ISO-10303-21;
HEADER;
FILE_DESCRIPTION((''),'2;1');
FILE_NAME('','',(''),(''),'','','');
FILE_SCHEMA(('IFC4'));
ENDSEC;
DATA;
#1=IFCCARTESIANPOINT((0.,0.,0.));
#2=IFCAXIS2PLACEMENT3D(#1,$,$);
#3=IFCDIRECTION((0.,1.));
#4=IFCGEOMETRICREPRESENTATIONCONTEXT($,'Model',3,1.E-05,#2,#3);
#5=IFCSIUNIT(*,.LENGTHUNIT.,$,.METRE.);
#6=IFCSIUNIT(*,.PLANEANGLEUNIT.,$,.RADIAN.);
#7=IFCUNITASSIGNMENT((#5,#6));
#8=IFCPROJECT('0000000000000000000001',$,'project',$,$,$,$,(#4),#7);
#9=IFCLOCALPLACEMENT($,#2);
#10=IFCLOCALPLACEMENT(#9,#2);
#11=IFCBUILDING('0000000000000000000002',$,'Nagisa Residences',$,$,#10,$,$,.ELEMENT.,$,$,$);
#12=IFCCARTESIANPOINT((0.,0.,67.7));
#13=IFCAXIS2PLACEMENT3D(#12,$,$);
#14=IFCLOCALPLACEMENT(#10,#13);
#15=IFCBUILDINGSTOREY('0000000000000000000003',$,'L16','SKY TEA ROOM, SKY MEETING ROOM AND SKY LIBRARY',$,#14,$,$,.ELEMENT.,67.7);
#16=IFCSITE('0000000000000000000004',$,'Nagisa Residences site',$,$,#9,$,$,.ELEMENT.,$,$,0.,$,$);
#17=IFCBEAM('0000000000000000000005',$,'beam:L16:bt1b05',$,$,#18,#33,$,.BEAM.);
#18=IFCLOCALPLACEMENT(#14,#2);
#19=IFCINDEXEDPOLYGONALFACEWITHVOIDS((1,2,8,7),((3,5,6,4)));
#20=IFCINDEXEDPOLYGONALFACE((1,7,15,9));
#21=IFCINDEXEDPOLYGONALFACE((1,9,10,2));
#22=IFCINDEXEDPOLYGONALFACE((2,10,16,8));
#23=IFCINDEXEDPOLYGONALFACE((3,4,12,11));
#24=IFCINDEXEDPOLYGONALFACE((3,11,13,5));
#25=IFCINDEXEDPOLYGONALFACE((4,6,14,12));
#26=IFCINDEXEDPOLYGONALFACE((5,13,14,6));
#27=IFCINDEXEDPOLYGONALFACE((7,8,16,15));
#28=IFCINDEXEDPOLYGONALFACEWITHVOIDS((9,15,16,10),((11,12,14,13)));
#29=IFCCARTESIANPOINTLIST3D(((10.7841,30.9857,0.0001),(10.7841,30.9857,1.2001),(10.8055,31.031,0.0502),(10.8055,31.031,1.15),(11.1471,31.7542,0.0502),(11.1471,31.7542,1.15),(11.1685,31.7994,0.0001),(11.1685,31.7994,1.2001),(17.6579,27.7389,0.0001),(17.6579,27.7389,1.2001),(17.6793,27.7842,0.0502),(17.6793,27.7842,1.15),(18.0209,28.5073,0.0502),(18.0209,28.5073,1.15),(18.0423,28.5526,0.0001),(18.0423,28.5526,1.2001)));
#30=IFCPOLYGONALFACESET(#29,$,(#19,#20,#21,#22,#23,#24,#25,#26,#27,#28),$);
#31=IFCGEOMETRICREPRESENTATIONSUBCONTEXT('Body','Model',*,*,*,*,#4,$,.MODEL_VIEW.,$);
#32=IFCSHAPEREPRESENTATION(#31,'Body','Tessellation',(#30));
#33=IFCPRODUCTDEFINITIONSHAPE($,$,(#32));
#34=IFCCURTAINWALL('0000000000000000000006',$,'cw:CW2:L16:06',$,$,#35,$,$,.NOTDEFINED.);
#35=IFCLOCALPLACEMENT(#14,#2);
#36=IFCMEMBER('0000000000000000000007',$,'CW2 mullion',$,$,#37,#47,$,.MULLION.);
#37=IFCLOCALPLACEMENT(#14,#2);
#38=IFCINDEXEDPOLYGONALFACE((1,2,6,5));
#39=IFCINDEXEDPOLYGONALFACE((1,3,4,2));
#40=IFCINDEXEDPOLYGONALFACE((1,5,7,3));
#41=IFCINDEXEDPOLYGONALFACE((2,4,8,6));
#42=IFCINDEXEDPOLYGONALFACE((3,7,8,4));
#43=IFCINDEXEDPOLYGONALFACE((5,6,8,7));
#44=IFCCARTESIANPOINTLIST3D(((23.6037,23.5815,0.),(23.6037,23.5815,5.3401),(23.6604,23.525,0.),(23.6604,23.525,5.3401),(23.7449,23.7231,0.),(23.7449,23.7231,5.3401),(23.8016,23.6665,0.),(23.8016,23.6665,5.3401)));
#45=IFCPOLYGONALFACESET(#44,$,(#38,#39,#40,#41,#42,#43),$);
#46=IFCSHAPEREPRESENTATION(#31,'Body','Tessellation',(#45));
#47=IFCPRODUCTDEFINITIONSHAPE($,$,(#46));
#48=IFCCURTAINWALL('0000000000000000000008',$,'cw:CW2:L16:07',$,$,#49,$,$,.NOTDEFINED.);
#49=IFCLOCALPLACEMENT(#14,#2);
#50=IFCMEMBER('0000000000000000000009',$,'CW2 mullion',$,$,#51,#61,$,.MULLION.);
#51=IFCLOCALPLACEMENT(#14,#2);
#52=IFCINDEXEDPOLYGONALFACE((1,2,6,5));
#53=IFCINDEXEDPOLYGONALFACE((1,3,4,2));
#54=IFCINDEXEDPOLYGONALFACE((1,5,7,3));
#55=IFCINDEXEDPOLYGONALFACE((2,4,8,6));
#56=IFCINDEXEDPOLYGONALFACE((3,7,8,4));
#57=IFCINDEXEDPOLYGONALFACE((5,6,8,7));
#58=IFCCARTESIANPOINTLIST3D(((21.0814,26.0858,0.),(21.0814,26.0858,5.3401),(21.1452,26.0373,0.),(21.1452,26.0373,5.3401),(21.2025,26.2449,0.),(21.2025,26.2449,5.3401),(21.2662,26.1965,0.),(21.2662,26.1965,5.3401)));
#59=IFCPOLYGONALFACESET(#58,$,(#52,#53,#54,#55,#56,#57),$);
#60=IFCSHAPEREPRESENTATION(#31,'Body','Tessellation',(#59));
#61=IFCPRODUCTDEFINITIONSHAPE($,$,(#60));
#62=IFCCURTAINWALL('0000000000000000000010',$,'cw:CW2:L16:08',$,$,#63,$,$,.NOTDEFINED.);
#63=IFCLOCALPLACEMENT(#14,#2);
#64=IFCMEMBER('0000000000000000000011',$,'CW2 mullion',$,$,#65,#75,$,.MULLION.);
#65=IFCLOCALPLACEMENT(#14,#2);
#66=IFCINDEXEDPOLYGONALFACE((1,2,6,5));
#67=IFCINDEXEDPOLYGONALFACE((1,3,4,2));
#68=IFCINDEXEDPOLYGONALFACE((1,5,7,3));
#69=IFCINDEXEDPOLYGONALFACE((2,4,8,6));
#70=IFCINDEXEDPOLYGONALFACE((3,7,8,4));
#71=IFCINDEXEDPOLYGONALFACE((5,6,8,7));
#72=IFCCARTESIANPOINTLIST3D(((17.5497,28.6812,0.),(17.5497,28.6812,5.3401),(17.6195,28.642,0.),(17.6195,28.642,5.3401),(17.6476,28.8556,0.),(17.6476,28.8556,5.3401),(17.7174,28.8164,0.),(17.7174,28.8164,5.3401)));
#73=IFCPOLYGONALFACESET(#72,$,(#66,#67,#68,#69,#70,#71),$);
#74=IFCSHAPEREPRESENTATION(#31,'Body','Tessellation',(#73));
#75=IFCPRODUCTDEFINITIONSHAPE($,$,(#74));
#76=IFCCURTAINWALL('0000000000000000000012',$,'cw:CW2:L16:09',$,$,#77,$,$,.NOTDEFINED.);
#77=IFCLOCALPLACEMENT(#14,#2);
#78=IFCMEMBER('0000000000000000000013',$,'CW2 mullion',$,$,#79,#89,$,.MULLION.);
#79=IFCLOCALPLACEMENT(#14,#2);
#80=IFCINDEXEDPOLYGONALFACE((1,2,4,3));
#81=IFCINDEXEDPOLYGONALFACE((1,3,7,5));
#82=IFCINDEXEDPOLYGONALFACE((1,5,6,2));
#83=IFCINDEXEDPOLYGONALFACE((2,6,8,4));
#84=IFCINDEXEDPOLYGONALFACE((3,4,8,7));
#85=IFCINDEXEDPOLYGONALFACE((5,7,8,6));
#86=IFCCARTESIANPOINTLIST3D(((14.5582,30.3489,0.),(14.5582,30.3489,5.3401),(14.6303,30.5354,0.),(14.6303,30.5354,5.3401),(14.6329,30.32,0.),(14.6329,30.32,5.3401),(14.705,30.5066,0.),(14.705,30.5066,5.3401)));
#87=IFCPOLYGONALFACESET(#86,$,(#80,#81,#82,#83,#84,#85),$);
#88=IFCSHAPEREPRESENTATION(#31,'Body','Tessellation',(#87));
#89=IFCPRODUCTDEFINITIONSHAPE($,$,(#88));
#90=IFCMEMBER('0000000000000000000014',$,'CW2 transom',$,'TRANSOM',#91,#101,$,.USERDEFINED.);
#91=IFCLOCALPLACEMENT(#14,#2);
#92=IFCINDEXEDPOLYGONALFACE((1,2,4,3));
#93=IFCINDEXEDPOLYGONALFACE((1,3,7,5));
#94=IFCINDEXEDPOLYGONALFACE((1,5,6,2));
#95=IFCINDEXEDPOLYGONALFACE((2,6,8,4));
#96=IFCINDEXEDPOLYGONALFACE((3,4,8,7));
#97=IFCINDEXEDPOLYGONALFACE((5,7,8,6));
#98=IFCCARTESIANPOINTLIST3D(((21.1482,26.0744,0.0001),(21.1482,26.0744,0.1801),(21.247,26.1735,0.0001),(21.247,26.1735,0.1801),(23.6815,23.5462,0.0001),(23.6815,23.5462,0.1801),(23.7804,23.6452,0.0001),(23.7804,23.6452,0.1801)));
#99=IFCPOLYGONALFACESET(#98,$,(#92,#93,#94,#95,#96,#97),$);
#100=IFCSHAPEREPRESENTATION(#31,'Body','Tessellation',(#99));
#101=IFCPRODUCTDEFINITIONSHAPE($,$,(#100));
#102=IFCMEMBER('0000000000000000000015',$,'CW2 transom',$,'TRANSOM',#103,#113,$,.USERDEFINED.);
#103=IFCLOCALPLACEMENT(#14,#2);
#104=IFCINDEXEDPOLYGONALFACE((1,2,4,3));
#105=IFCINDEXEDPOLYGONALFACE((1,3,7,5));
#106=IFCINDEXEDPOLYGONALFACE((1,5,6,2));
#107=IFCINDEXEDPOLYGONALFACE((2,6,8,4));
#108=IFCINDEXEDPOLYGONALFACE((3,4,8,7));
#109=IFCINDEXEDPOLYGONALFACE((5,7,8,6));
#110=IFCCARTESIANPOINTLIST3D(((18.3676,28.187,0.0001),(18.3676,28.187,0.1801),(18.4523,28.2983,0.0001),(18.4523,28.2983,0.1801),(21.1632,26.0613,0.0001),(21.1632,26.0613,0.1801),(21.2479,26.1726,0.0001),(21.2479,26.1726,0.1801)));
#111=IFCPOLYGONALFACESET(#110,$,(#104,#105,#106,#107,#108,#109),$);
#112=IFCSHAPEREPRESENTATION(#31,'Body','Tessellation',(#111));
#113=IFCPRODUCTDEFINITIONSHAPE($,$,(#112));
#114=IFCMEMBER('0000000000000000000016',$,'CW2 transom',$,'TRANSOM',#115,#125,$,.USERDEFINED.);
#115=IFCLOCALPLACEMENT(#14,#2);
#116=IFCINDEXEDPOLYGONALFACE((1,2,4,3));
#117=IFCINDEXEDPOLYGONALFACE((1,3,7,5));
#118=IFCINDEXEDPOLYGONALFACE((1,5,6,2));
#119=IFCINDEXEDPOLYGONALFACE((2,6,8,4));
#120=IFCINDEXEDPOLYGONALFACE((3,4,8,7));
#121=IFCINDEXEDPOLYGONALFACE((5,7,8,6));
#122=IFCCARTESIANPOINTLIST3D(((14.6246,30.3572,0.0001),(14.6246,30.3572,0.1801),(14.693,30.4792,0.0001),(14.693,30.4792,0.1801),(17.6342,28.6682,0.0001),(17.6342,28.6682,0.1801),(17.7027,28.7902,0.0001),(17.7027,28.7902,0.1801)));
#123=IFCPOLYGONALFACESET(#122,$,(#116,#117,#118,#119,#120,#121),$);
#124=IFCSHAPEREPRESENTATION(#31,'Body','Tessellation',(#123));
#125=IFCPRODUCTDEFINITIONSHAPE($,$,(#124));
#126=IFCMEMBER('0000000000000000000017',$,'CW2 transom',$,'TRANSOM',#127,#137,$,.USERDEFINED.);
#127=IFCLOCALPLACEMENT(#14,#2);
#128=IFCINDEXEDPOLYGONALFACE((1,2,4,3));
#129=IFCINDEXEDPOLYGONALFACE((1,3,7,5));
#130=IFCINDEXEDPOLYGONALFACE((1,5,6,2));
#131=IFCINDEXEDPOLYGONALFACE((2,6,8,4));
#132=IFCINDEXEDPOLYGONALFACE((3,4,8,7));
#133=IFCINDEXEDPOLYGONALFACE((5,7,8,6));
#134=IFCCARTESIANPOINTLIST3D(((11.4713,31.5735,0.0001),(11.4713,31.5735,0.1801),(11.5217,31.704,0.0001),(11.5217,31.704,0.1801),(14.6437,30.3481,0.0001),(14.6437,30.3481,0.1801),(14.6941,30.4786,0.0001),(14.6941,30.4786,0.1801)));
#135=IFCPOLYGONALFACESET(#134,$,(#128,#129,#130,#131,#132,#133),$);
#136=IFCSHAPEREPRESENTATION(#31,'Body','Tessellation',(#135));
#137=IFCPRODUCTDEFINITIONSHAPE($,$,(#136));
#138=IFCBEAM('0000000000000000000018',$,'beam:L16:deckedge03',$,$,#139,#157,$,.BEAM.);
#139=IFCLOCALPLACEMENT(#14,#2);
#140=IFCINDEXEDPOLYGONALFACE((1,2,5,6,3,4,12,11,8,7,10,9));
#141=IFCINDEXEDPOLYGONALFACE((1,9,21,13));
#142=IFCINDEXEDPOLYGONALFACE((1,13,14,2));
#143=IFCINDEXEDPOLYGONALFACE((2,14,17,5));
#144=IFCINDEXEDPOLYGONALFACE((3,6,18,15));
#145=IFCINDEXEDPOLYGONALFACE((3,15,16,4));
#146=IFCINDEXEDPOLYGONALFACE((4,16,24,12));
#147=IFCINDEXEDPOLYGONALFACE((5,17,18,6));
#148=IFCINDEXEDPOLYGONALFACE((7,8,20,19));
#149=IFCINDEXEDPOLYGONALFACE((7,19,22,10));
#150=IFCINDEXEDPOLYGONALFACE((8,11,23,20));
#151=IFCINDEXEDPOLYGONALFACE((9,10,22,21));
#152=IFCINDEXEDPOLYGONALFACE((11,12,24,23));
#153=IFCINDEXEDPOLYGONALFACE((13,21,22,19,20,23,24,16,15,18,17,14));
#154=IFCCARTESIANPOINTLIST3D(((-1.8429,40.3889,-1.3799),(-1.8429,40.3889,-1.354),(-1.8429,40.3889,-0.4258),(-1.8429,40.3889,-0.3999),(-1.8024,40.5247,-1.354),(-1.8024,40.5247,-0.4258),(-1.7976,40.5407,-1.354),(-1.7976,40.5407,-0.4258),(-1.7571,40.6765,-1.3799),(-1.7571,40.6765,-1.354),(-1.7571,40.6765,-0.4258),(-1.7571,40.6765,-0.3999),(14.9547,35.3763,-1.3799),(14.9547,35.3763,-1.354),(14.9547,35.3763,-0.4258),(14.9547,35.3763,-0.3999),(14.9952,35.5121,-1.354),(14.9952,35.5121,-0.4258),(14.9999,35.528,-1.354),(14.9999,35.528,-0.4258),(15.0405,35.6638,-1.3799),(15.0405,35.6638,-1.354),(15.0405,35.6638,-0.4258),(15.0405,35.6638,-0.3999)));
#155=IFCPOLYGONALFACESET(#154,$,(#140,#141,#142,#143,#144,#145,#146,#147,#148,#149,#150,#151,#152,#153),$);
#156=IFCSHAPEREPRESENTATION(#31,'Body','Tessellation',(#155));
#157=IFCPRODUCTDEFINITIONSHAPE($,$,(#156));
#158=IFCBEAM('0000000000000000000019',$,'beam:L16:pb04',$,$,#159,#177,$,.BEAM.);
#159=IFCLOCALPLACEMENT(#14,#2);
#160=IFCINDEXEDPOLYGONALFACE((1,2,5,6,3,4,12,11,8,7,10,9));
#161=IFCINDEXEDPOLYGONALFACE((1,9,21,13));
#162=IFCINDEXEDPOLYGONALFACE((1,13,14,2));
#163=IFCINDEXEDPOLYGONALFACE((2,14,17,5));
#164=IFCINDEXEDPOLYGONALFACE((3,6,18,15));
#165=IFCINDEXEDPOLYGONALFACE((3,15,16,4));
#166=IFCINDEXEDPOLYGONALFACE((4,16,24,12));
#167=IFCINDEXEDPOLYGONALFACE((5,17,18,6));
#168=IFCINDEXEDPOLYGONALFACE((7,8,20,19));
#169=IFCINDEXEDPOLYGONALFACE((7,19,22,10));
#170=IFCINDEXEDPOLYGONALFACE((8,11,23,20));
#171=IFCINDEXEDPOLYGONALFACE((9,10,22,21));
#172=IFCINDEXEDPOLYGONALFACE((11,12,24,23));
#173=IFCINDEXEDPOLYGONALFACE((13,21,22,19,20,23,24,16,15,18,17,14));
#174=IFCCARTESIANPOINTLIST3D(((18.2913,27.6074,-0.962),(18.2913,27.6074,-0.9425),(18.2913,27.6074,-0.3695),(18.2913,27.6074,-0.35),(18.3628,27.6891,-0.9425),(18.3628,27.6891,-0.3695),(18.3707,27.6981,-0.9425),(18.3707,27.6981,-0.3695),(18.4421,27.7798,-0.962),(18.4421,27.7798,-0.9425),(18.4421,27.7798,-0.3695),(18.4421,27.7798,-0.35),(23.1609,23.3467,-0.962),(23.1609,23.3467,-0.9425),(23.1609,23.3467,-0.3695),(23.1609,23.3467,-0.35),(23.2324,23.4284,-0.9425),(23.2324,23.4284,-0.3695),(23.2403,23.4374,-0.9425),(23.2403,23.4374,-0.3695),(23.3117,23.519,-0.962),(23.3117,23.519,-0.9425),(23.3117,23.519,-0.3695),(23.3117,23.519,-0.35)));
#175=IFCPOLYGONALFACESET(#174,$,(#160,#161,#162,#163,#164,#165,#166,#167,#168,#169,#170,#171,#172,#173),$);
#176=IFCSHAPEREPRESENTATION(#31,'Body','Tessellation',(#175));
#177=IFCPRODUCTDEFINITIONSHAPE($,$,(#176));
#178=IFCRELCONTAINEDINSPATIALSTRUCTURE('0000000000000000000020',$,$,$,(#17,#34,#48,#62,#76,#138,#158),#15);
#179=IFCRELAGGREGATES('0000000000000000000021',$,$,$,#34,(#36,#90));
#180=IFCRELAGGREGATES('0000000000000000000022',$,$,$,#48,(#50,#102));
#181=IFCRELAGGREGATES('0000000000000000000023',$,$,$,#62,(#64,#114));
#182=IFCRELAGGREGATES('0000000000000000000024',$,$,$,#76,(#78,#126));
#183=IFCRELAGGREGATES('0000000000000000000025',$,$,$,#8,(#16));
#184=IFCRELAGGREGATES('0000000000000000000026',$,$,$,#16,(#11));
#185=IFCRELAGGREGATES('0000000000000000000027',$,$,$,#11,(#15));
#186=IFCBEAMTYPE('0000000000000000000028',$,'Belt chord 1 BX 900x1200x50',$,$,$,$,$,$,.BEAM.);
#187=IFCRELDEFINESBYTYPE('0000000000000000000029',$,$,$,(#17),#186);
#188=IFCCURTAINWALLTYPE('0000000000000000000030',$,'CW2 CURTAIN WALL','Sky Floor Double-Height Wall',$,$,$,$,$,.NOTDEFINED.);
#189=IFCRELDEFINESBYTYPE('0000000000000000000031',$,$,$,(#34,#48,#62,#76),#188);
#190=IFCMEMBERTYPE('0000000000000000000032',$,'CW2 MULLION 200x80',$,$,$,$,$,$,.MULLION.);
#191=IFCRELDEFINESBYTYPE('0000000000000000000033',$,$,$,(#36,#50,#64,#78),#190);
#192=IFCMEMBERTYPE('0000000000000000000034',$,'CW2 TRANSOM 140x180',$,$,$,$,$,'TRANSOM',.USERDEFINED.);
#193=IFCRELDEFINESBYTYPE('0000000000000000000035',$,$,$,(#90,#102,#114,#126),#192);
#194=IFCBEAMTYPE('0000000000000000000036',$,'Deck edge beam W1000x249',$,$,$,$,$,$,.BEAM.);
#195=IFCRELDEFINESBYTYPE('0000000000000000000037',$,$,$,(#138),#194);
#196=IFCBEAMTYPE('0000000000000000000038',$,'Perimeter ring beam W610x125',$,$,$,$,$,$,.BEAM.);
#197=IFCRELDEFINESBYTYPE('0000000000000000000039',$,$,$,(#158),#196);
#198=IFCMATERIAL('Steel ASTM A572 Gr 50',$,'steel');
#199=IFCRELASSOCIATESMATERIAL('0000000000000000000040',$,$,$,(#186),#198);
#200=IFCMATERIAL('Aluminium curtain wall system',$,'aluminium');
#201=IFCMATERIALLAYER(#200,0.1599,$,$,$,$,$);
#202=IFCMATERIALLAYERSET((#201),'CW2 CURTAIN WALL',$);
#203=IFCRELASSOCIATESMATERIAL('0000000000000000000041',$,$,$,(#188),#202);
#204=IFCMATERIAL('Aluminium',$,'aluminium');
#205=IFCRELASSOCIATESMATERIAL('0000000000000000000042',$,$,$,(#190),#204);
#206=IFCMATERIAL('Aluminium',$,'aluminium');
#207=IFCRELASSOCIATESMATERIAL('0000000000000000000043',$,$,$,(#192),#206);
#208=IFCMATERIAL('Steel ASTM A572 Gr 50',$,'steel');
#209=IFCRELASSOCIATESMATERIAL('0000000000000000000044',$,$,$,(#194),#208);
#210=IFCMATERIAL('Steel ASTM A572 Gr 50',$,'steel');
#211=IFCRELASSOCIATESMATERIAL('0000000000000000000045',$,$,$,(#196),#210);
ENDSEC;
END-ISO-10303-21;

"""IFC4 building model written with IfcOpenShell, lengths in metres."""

from ifc_helpers import new_model, si_unit, direction, frame, origin, origin_2d, place, context, subcontext, project, spatial, rectangle, hollow_rectangle, i_section, extrude, material, layer, layer_set, material_profile, profile_set, type_object, element, aggregate, save


model = new_model("IFC4")

# Units and contexts
model_context = context("Model", 3, precision=1e-05, world=origin(), true_north=direction((0.0, 1.0)))
body_context = subcontext(model_context, "Body", "Model", "MODEL_VIEW")
ifc_project = project(units=[si_unit("LENGTHUNIT", "METRE"), si_unit("PLANEANGLEUNIT", "RADIAN")], contexts=[model_context])

# Site, building, storey
site_placement = place(None, origin())
site = spatial("IfcSite", under=ifc_project, at=site_placement, Name="Nagisa Residences site", CompositionType="ELEMENT", RefElevation=0.0)
building_placement = place(site_placement, origin())
building = spatial("IfcBuilding", under=site, at=building_placement, Name="Nagisa Residences", CompositionType="ELEMENT")
storey_placement = place(building_placement, frame((0.0, 0.0, 67.7)))
storey = spatial("IfcBuildingStorey", under=building, at=storey_placement, Name="L16", Description="SKY TEA ROOM, SKY MEETING ROOM AND SKY LIBRARY", CompositionType="ELEMENT", Elevation=67.7)

# Beam
ifc_material_1 = material(Name="Steel ASTM A572 Gr 50", Category="steel")
ifc_material_profile_1 = material_profile(ifc_material_1, hollow_rectangle(XDim=0.8999, YDim=1.2, WallThickness=0.05, at=origin_2d()), Name="BX 900x1200x50")
ifc_profile_set_1 = profile_set([ifc_material_profile_1], Name="Steel ASTM A572 Gr 50")
beam_type_1 = type_object("IfcBeamType", Name="Belt chord 1 BX 900x1200x50", PredefinedType="BEAM", material=ifc_profile_set_1)
beam_1_placement = place(storey_placement, frame((17.8501, 28.1458, 0.6001), z_axis=(-0.904204, 0.4271, 0.0), x_axis=(-0.4271, -0.904204, 0.0)))
element("IfcBeam", 1, at=beam_1_placement, inside=storey, type_object=beam_type_1, Name="beam:L16:bt1b05", PredefinedType="BEAM", context=body_context, shape_type="SweptSolid", body=[
    extrude(hollow_rectangle(XDim=0.8999, YDim=1.2, WallThickness=0.05, at=origin_2d()), origin(), (0.0, 0.0, 1.0), 7.6021),
])

# Curtain walls, members
ifc_material_2 = material(Name="Aluminium curtain wall system", Category="aluminium")
ifc_layer_1 = layer(ifc_material_2, 0.1599)
ifc_layer_set_1 = layer_set([ifc_layer_1], Name="CW2 CURTAIN WALL")
curtain_wall_type = type_object("IfcCurtainWallType", Name="CW2 CURTAIN WALL", Description="Sky Floor Double-Height Wall", PredefinedType="NOTDEFINED", material=ifc_layer_set_1)
curtain_wall_1_placement = place(storey_placement, origin())
curtain_wall_1 = element("IfcCurtainWall", 2, at=curtain_wall_1_placement, inside=storey, type_object=curtain_wall_type, Name="cw:CW2:L16:06", PredefinedType="NOTDEFINED")
ifc_material_3 = material(Name="Aluminium", Category="aluminium")
ifc_material_profile_2 = material_profile(ifc_material_3, rectangle(XDim=0.2, YDim=0.0801, at=origin_2d()), Name="CW2 MULLION 200x80")
ifc_profile_set_2 = profile_set([ifc_material_profile_2], Name="Aluminium")
member_type_1 = type_object("IfcMemberType", Name="CW2 MULLION 200x80", PredefinedType="MULLION", material=ifc_profile_set_2)
member_1_placement = place(storey_placement, frame((23.7026, 23.624, 0.0), z_axis=(0.0, 0.0, 1.0), x_axis=(-0.706377, -0.707836, 0.0)))
member_1 = element("IfcMember", 3, at=member_1_placement, type_object=member_type_1, Name="CW2 mullion", PredefinedType="MULLION", context=body_context, shape_type="SweptSolid", body=[
    extrude(rectangle(XDim=0.2, YDim=0.0801, at=origin_2d()), origin(), (0.0, 0.0, 1.0), 5.3401),
])
curtain_wall_2_placement = place(storey_placement, origin())
curtain_wall_2 = element("IfcCurtainWall", 4, at=curtain_wall_2_placement, inside=storey, type_object=curtain_wall_type, Name="cw:CW2:L16:07", PredefinedType="NOTDEFINED")
member_2_placement = place(storey_placement, frame((21.1738, 26.1411, 0.0), z_axis=(0.0, 0.0, 1.0), x_axis=(-0.605255, -0.796031, 0.0)))
member_2 = element("IfcMember", 5, at=member_2_placement, type_object=member_type_1, Name="CW2 mullion", PredefinedType="MULLION", context=body_context, shape_type="SweptSolid", body=[
    extrude(rectangle(XDim=0.2, YDim=0.0801, at=origin_2d()), origin(), (0.0, 0.0, 1.0), 5.3401),
])
curtain_wall_3_placement = place(storey_placement, origin())
curtain_wall_3 = element("IfcCurtainWall", 6, at=curtain_wall_3_placement, inside=storey, type_object=curtain_wall_type, Name="cw:CW2:L16:08", PredefinedType="NOTDEFINED")
member_3_placement = place(storey_placement, frame((17.6335, 28.7488, 0.0), z_axis=(0.0, 0.0, 1.0), x_axis=(-0.489377, -0.872072, 0.0)))
member_3 = element("IfcMember", 7, at=member_3_placement, type_object=member_type_1, Name="CW2 mullion", PredefinedType="MULLION", context=body_context, shape_type="SweptSolid", body=[
    extrude(rectangle(XDim=0.2, YDim=0.0801, at=origin_2d()), origin(), (0.0, 0.0, 1.0), 5.3401),
])
curtain_wall_4_placement = place(storey_placement, origin())
curtain_wall_4 = element("IfcCurtainWall", 8, at=curtain_wall_4_placement, inside=storey, type_object=curtain_wall_type, Name="cw:CW2:L16:09", PredefinedType="NOTDEFINED")
member_4_placement = place(storey_placement, frame((14.6316, 30.4277, 0.0), z_axis=(0.0, 0.0, 1.0), x_axis=(-0.360328, -0.932826, 0.0)))
member_4 = element("IfcMember", 9, at=member_4_placement, type_object=member_type_1, Name="CW2 mullion", PredefinedType="MULLION", context=body_context, shape_type="SweptSolid", body=[
    extrude(rectangle(XDim=0.2, YDim=0.0801, at=origin_2d()), origin(), (0.0, 0.0, 1.0), 5.3401),
])

# Members
ifc_material_4 = material(Name="Aluminium", Category="aluminium")
ifc_material_profile_3 = material_profile(ifc_material_4, rectangle(XDim=0.1399, YDim=0.1799, at=origin_2d()), Name="CW2 TRANSOM 140x180")
ifc_profile_set_3 = profile_set([ifc_material_profile_3], Name="Aluminium")
member_type_2 = type_object("IfcMemberType", Name="CW2 TRANSOM 140x180", ElementType="TRANSOM", PredefinedType="USERDEFINED", material=ifc_profile_set_3)
member_5_placement = place(storey_placement, frame((23.731, 23.5957, 0.0901), z_axis=(-0.707823, 0.70639, 0.0), x_axis=(-0.70639, -0.707823, 0.0)))
member_5 = element("IfcMember", 10, at=member_5_placement, type_object=member_type_2, Name="CW2 transom", ObjectType="TRANSOM", PredefinedType="USERDEFINED", context=body_context, shape_type="SweptSolid", body=[
    extrude(rectangle(XDim=0.1399, YDim=0.1799, at=origin_2d()), origin(), (0.0, 0.0, 1.0), 3.5791),
])
member_6_placement = place(storey_placement, frame((21.2056, 26.1169, 0.0901), z_axis=(-0.79602, 0.60527, 0.0), x_axis=(-0.60527, -0.79602, 0.0)))
member_6 = element("IfcMember", 11, at=member_6_placement, type_object=member_type_2, Name="CW2 transom", ObjectType="TRANSOM", PredefinedType="USERDEFINED", context=body_context, shape_type="SweptSolid", body=[
    extrude(rectangle(XDim=0.1399, YDim=0.1799, at=origin_2d()), origin(), (0.0, 0.0, 1.0), 3.512),
])
member_7_placement = place(storey_placement, frame((17.6685, 28.7292, 0.0901), z_axis=(-0.872074, 0.489374, 0.0), x_axis=(-0.489374, -0.872074, 0.0)))
member_7 = element("IfcMember", 12, at=member_7_placement, type_object=member_type_2, Name="CW2 transom", ObjectType="TRANSOM", PredefinedType="USERDEFINED", context=body_context, shape_type="SweptSolid", body=[
    extrude(rectangle(XDim=0.1399, YDim=0.1799, at=origin_2d()), origin(), (0.0, 0.0, 1.0), 3.4512),
])
member_8_placement = place(storey_placement, frame((14.6689, 30.4133, 0.0901), z_axis=(-0.932832, 0.360311, 0.0), x_axis=(-0.360311, -0.932832, 0.0)))
member_8 = element("IfcMember", 13, at=member_8_placement, type_object=member_type_2, Name="CW2 transom", ObjectType="TRANSOM", PredefinedType="USERDEFINED", context=body_context, shape_type="SweptSolid", body=[
    extrude(rectangle(XDim=0.1399, YDim=0.1799, at=origin_2d()), origin(), (0.0, 0.0, 1.0), 3.4009),
])

# Beams
ifc_material_5 = material(Name="Steel ASTM A572 Gr 50", Category="steel")
ifc_material_profile_4 = material_profile(ifc_material_5, i_section(OverallWidth=0.3, OverallDepth=0.98, WebThickness=0.0166, FlangeThickness=0.0259, at=origin_2d()), Name="W1000x249")
ifc_profile_set_4 = profile_set([ifc_material_profile_4], Name="Steel ASTM A572 Gr 50")
beam_type_2 = type_object("IfcBeamType", Name="Deck edge beam W1000x249", PredefinedType="BEAM", material=ifc_profile_set_4)
beam_2_placement = place(storey_placement, frame((14.9976, 35.52, -0.8899), z_axis=(-0.958243, 0.285956, 0.0), x_axis=(-0.285956, -0.958243, 0.0)))
element("IfcBeam", 14, at=beam_2_placement, inside=storey, type_object=beam_type_2, Name="beam:L16:deckedge03", PredefinedType="BEAM", context=body_context, shape_type="SweptSolid", body=[
    extrude(i_section(OverallWidth=0.3, OverallDepth=0.98, WebThickness=0.0166, FlangeThickness=0.0259, at=origin_2d()), origin(), (0.0, 0.0, 1.0), 17.5295),
])
ifc_material_6 = material(Name="Steel ASTM A572 Gr 50", Category="steel")
ifc_material_profile_5 = material_profile(ifc_material_6, i_section(OverallWidth=0.229, OverallDepth=0.6121, WebThickness=0.012, FlangeThickness=0.0195, at=origin_2d()), Name="W610x125")
ifc_profile_set_5 = profile_set([ifc_material_profile_5], Name="Steel ASTM A572 Gr 50")
beam_type_3 = type_object("IfcBeamType", Name="Perimeter ring beam W610x125", PredefinedType="BEAM", material=ifc_profile_set_5)
beam_3_placement = place(storey_placement, frame((23.2363, 23.4329, -0.656), z_axis=(-0.752591, 0.658489, 0.0), x_axis=(-0.658489, -0.752591, 0.0)))
element("IfcBeam", 15, at=beam_3_placement, inside=storey, type_object=beam_type_3, Name="beam:L16:pb04", PredefinedType="BEAM", context=body_context, shape_type="SweptSolid", body=[
    extrude(i_section(OverallWidth=0.229, OverallDepth=0.6121, WebThickness=0.012, FlangeThickness=0.0195, at=origin_2d()), origin(), (0.0, 0.0, 1.0), 6.4705),
])

aggregate(curtain_wall_1, [member_1, member_5])
aggregate(curtain_wall_2, [member_2, member_6])
aggregate(curtain_wall_3, [member_3, member_7])
aggregate(curtain_wall_4, [member_4, member_8])

save(model, "model.ifc")
